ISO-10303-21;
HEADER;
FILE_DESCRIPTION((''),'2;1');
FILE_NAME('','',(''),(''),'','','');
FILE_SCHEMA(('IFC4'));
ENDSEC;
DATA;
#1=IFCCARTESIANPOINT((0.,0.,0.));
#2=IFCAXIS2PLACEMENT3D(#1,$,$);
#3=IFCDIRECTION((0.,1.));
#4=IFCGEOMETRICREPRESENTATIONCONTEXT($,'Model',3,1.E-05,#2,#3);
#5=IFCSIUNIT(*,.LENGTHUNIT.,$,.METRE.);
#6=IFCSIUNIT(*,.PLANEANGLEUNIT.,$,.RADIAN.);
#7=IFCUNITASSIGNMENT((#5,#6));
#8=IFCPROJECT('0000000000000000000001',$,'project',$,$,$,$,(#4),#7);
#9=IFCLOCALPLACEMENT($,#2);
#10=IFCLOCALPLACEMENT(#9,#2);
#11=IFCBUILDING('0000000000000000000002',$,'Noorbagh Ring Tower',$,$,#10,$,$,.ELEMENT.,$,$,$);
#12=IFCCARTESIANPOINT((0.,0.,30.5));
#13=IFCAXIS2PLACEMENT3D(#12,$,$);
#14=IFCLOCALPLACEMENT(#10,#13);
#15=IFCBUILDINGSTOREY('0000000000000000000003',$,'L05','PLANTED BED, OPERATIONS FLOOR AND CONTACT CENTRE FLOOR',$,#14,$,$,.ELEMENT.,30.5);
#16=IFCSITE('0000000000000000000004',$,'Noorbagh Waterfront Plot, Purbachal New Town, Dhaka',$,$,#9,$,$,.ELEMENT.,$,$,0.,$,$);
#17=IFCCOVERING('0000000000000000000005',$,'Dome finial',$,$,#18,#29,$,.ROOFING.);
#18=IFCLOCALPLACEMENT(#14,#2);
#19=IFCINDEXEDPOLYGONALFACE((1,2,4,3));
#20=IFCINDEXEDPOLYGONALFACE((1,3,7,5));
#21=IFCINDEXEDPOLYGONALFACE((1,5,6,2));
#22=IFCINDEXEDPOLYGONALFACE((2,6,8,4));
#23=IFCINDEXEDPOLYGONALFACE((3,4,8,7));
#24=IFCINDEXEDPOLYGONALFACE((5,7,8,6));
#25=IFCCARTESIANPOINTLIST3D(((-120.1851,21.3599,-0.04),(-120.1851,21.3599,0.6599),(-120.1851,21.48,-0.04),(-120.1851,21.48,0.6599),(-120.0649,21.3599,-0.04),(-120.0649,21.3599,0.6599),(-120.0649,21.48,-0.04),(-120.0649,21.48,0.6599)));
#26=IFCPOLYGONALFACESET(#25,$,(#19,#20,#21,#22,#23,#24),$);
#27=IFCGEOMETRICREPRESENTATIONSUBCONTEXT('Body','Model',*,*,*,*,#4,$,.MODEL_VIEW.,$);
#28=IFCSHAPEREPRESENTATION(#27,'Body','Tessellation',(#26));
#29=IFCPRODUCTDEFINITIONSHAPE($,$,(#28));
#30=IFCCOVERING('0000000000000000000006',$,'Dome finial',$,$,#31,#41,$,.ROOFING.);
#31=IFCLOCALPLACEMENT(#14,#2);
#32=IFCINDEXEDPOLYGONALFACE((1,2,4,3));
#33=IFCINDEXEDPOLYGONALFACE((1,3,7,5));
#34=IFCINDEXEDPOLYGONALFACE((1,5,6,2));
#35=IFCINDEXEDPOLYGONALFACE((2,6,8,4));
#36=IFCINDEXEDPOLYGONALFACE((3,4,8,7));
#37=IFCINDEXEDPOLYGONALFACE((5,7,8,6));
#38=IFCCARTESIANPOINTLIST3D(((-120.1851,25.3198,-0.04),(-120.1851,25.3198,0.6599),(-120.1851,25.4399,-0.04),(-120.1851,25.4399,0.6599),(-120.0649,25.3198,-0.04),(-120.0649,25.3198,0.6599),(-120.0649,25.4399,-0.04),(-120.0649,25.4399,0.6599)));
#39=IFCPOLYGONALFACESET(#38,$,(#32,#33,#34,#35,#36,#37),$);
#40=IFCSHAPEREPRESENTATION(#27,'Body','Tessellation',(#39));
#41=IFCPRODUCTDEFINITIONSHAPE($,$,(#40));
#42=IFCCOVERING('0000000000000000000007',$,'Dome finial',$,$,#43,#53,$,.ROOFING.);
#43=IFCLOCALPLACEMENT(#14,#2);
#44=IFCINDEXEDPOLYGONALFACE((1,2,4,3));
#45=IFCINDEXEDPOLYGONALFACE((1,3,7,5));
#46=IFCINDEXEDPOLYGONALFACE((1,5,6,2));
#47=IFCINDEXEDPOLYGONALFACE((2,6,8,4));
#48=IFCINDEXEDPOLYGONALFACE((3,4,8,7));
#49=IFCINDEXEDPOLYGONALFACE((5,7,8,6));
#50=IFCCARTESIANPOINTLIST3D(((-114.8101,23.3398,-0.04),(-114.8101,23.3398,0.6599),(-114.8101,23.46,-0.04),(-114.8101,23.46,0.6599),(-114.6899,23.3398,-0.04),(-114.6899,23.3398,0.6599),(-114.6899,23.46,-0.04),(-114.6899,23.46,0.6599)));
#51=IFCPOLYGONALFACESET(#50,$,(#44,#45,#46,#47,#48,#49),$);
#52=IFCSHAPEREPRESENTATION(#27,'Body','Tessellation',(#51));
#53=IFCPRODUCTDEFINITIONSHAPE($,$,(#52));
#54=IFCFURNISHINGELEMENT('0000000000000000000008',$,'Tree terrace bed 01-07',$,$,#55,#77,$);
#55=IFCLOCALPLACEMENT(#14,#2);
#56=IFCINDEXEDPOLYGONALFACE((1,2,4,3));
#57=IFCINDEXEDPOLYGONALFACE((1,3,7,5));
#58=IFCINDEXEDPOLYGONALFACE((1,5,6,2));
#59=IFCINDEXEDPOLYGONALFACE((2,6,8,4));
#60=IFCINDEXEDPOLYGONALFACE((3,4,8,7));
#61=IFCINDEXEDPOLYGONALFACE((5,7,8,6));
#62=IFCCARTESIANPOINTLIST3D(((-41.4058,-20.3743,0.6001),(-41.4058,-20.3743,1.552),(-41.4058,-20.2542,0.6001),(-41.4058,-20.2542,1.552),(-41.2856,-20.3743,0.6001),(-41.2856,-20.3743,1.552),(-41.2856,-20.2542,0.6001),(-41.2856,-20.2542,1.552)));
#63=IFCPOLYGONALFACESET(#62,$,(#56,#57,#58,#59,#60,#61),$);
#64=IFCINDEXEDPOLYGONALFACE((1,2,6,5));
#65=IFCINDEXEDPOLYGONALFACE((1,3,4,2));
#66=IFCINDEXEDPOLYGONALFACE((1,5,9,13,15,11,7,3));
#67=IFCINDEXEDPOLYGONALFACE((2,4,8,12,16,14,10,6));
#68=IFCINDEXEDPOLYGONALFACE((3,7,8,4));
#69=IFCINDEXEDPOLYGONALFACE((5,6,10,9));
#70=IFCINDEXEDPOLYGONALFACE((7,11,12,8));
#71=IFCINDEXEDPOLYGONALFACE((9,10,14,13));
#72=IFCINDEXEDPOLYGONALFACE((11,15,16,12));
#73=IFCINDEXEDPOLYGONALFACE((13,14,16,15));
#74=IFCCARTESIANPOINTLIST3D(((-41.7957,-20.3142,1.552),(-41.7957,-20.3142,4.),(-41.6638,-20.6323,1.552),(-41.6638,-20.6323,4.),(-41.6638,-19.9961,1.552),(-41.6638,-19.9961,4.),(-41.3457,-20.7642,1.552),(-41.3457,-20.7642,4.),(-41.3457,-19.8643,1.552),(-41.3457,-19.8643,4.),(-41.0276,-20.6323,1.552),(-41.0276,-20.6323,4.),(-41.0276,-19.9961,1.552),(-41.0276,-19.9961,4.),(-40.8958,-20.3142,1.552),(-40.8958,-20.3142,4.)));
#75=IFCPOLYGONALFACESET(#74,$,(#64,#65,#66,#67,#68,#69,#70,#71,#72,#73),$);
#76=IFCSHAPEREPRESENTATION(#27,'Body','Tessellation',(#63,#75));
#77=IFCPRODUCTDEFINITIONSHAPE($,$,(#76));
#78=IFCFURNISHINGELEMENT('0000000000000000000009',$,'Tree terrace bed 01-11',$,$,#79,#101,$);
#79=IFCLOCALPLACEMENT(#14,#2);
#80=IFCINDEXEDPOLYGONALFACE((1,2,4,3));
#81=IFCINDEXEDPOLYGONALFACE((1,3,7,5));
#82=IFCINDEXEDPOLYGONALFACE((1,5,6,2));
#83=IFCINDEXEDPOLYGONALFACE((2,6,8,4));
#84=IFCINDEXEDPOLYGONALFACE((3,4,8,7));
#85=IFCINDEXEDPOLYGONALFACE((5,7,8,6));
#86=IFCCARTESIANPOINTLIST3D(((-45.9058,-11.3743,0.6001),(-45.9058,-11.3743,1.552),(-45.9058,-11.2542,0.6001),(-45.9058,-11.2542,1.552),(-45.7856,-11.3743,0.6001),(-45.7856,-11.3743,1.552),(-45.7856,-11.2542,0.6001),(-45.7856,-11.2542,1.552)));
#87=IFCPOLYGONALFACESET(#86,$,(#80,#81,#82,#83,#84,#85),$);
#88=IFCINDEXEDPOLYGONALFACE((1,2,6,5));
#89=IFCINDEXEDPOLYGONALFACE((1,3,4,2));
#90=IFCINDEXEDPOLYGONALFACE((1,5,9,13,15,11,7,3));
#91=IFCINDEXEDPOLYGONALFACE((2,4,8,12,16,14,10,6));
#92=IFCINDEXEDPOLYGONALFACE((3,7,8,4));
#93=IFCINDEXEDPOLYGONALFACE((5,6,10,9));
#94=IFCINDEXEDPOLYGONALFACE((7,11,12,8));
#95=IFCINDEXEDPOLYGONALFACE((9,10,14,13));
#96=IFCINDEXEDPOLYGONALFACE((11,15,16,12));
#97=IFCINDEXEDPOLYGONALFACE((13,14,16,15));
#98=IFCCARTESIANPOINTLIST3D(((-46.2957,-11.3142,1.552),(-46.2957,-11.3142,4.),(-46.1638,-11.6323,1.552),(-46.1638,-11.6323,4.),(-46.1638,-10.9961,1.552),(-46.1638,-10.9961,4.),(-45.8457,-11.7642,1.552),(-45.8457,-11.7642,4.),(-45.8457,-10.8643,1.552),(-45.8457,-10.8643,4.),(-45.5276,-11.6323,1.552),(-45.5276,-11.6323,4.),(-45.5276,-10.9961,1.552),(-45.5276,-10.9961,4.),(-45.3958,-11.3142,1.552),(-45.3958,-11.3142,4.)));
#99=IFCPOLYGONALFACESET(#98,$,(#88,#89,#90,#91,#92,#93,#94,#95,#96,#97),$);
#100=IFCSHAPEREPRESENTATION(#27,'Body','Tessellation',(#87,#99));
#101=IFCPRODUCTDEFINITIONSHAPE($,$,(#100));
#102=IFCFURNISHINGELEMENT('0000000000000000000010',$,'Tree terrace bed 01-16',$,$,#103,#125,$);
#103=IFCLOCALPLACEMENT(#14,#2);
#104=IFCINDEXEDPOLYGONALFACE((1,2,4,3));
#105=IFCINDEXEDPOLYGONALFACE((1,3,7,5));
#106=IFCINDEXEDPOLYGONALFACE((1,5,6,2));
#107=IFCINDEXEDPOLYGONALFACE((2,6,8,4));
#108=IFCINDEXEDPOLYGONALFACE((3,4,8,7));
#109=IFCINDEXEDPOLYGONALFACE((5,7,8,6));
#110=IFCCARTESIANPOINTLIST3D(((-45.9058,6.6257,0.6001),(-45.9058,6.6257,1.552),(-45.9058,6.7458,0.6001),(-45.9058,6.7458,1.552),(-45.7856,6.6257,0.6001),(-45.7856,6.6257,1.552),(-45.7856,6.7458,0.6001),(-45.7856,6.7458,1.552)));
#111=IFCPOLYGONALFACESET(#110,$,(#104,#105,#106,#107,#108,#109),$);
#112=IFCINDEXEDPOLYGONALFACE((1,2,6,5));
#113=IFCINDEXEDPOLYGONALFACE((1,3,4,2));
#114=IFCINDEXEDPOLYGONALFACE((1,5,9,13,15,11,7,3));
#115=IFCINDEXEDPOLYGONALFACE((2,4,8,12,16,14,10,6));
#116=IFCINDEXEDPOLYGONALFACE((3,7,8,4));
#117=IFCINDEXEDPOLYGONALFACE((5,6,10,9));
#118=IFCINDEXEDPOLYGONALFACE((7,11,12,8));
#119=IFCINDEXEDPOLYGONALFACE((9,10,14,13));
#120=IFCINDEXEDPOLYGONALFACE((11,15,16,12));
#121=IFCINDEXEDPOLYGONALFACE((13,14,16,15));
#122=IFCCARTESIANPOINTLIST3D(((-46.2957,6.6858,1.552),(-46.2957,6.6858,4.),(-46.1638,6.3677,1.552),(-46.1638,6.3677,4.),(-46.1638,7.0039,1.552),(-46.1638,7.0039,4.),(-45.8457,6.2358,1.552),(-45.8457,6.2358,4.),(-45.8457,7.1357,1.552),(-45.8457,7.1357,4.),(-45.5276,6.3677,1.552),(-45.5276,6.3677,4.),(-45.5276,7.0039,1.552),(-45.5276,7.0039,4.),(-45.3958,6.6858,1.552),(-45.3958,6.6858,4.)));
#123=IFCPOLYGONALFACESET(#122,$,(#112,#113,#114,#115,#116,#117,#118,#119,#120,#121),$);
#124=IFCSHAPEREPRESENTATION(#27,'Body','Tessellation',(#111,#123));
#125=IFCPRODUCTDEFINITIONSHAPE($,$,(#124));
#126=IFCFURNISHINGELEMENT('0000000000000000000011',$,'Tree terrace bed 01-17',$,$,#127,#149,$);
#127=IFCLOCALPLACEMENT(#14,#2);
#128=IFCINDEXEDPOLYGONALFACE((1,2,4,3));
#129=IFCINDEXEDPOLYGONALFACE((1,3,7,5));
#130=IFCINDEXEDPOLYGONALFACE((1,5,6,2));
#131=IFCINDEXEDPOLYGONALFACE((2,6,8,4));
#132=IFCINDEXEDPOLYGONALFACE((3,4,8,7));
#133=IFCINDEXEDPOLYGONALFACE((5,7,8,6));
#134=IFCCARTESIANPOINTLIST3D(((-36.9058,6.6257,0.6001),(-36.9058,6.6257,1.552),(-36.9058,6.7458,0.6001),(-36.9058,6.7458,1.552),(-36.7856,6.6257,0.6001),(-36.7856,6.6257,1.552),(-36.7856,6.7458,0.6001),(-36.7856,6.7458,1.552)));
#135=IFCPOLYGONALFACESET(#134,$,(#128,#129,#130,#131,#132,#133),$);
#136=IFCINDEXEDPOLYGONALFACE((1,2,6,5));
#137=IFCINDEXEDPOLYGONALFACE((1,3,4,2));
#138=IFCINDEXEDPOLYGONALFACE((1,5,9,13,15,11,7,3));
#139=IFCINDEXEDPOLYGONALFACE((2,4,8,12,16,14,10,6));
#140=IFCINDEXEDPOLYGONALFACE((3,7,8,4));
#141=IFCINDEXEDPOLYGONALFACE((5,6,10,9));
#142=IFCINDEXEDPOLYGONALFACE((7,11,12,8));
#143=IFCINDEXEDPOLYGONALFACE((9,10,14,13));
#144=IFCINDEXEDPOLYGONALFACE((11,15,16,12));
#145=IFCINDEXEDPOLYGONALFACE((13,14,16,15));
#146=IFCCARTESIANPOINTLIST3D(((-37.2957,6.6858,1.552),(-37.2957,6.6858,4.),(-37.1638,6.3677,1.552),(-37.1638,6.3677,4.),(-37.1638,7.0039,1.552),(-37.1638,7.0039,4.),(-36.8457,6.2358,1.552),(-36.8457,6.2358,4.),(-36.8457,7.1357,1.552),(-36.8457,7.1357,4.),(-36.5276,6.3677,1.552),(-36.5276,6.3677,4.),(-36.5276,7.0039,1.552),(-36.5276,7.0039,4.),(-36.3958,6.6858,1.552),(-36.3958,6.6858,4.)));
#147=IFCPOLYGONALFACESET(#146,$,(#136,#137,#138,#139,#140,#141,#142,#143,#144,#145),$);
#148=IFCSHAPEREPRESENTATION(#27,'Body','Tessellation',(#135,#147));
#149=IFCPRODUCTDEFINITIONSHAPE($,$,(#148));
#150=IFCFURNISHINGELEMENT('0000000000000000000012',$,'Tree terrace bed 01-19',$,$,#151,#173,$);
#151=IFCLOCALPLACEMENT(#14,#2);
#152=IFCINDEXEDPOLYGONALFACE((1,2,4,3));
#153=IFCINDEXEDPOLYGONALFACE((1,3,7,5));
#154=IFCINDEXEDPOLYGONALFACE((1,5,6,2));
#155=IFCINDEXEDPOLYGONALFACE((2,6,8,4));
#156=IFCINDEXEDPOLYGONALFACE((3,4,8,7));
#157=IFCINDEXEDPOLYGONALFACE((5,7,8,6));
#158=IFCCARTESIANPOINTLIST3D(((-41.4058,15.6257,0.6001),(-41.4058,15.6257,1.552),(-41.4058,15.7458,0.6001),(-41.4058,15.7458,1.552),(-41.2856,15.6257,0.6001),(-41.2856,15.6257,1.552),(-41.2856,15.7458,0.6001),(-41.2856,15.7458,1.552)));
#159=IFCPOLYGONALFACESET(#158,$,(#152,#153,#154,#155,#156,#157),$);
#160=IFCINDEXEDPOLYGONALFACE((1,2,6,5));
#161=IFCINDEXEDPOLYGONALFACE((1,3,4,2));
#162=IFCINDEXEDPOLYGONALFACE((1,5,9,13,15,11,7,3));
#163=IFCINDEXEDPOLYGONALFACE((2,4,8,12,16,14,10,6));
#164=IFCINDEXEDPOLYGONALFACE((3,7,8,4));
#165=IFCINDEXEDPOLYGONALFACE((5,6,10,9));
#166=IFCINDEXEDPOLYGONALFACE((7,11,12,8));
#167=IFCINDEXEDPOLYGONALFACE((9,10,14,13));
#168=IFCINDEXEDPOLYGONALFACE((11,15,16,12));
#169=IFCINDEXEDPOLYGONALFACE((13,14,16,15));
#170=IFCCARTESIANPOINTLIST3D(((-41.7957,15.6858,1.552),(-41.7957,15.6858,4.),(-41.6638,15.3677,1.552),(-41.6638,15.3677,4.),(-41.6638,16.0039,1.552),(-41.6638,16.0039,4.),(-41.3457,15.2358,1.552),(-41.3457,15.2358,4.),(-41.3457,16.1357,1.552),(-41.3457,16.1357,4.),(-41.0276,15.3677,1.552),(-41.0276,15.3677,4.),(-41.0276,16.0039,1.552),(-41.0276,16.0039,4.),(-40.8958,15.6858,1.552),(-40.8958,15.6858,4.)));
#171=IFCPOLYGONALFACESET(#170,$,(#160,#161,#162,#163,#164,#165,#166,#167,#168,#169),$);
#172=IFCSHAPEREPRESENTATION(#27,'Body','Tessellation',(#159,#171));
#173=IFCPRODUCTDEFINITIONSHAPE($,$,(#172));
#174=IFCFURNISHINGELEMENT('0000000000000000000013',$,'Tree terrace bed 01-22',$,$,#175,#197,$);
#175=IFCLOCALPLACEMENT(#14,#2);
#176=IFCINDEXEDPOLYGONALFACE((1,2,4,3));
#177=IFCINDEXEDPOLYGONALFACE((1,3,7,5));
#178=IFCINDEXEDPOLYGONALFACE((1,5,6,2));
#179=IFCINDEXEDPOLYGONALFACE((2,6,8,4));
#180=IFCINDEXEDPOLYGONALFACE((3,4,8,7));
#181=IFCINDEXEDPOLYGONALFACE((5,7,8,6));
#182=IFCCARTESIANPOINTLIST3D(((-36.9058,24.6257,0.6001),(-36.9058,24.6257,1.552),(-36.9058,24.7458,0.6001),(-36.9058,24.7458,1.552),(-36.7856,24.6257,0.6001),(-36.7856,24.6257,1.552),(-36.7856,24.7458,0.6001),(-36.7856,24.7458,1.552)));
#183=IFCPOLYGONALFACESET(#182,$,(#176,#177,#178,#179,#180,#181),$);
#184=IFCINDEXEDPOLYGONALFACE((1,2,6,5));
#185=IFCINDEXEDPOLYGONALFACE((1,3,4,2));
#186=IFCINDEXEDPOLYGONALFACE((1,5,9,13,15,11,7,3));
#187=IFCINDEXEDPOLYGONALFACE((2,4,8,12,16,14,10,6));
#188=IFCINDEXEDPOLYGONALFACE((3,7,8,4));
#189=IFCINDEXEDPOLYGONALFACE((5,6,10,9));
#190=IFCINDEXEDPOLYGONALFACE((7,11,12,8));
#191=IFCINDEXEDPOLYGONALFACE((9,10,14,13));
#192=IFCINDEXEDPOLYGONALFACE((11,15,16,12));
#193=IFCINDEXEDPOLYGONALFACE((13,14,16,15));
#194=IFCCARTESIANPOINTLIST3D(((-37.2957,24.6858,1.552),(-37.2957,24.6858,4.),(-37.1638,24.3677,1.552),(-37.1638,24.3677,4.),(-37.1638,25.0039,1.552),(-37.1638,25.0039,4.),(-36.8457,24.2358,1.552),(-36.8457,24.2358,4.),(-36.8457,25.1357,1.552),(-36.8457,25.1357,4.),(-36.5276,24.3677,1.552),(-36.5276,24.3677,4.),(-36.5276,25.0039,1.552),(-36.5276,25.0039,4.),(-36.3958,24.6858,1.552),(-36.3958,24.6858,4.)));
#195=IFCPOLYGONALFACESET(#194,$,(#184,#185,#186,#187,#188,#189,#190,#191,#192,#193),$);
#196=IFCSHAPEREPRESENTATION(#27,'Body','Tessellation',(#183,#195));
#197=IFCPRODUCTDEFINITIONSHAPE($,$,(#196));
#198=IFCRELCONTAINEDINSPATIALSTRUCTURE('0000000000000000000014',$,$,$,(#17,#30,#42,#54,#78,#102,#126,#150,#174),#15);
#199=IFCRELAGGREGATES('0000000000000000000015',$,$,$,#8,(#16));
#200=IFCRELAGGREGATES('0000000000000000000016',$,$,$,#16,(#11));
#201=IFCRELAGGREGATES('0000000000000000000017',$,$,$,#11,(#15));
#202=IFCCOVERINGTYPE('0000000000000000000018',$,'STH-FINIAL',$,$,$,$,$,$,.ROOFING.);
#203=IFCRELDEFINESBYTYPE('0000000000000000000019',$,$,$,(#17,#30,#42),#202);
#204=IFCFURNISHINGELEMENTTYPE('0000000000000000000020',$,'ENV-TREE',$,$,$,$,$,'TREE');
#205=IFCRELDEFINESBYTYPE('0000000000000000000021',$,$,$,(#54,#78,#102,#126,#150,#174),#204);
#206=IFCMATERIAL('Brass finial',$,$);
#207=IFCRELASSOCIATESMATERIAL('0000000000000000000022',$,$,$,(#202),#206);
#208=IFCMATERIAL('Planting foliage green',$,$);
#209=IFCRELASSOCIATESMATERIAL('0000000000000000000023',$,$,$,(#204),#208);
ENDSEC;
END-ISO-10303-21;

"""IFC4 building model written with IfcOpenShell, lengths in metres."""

from ifc_helpers import new_model, si_unit, direction, frame, origin, origin_2d, place, context, subcontext, project, spatial, polyline, rectangle, outline, extrude, material, type_object, element, save


model = new_model("IFC4")

# Units and contexts
model_context = context("Model", 3, precision=1e-05, world=origin(), true_north=direction((0.0, 1.0)))
body_context = subcontext(model_context, "Body", "Model", "MODEL_VIEW")
ifc_project = project(units=[si_unit("LENGTHUNIT", "METRE"), si_unit("PLANEANGLEUNIT", "RADIAN")], contexts=[model_context])

# Site, building, storey
site_placement = place(None, origin())
site = spatial("IfcSite", under=ifc_project, at=site_placement, Name="Noorbagh Waterfront Plot, Purbachal New Town, Dhaka", CompositionType="ELEMENT", RefElevation=0.0)
building_placement = place(site_placement, origin())
building = spatial("IfcBuilding", under=site, at=building_placement, Name="Noorbagh Ring Tower", CompositionType="ELEMENT")
storey_placement = place(building_placement, frame((0.0, 0.0, 30.5)))
storey = spatial("IfcBuildingStorey", under=building, at=storey_placement, Name="L05", Description="PLANTED BED, OPERATIONS FLOOR AND CONTACT CENTRE FLOOR", CompositionType="ELEMENT", Elevation=30.5)

# Coverings
ifc_material_1 = material(Name="Brass finial")
covering_type_1 = type_object("IfcCoveringType", Name="STH-FINIAL", PredefinedType="ROOFING", material=ifc_material_1)
for number, where, z_axis, x_axis, name in (
    (1, (-120.125, 21.4199, -0.04), (0.0, 0.0, 1.0), (1.0, 0.0, 0.0), "Dome finial"),
    (2, (-120.125, 25.3799, -0.04), (0.0, 0.0, 1.0), (1.0, 0.0, 0.0), "Dome finial"),
    (3, (-114.75, 23.3999, -0.04), (0.0, 0.0, 1.0), (1.0, 0.0, 0.0), "Dome finial"),
):
    element("IfcCovering", number, at=place(storey_placement, frame(where, z_axis=z_axis, x_axis=x_axis)), inside=storey, type_object=covering_type_1, Name=name, PredefinedType="ROOFING", context=body_context, shape_type="SweptSolid", body=[
        extrude(rectangle(XDim=0.1201, YDim=0.1201, at=origin_2d()), origin(), (0.0, 0.0, 1.0), 0.7),
    ])

# Furnishing elements
ifc_material_2 = material(Name="Planting foliage green")
furnishing_element_type = type_object("IfcFurnishingElementType", Name="ENV-TREE", ElementType="TREE", material=ifc_material_2)
for number, where, z_axis, x_axis, name in (
    (4, (-41.3457, -20.3142, 0.6001), (0.0, 0.0, 1.0), (1.0, 0.0, 0.0), "Tree terrace bed 01-07"),
    (5, (-45.8457, -11.3142, 0.6001), (0.0, 0.0, 1.0), (1.0, 0.0, 0.0), "Tree terrace bed 01-11"),
    (6, (-45.8457, 6.6858, 0.6001), (0.0, 0.0, 1.0), (1.0, 0.0, 0.0), "Tree terrace bed 01-16"),
    (7, (-36.8457, 6.6858, 0.6001), (0.0, 0.0, 1.0), (1.0, 0.0, 0.0), "Tree terrace bed 01-17"),
    (8, (-41.3457, 15.6858, 0.6001), (0.0, 0.0, 1.0), (1.0, 0.0, 0.0), "Tree terrace bed 01-19"),
    (9, (-36.8457, 24.6858, 0.6001), (0.0, 0.0, 1.0), (1.0, 0.0, 0.0), "Tree terrace bed 01-22"),
):
    element("IfcFurnishingElement", number, at=place(storey_placement, frame(where, z_axis=z_axis, x_axis=x_axis)), inside=storey, type_object=furnishing_element_type, Name=name, context=body_context, shape_type="SweptSolid", body=[
        extrude(rectangle(XDim=0.1201, YDim=0.1201, at=origin_2d()), origin(), (0.0, 0.0, 1.0), 0.9519),
        extrude(outline(polyline([(0.45, 0.0), (0.3181, 0.3181), (0.0, 0.45), (-0.3181, 0.3181), (-0.45, 0.0), (-0.3181, -0.3181), (0.0, -0.45), (0.3181, -0.3181), (0.45, 0.0)])), frame((0.0, 0.0, 0.9519)), (0.0, 0.0, 1.0), 2.448),
    ])

save(model, "model.ifc")
